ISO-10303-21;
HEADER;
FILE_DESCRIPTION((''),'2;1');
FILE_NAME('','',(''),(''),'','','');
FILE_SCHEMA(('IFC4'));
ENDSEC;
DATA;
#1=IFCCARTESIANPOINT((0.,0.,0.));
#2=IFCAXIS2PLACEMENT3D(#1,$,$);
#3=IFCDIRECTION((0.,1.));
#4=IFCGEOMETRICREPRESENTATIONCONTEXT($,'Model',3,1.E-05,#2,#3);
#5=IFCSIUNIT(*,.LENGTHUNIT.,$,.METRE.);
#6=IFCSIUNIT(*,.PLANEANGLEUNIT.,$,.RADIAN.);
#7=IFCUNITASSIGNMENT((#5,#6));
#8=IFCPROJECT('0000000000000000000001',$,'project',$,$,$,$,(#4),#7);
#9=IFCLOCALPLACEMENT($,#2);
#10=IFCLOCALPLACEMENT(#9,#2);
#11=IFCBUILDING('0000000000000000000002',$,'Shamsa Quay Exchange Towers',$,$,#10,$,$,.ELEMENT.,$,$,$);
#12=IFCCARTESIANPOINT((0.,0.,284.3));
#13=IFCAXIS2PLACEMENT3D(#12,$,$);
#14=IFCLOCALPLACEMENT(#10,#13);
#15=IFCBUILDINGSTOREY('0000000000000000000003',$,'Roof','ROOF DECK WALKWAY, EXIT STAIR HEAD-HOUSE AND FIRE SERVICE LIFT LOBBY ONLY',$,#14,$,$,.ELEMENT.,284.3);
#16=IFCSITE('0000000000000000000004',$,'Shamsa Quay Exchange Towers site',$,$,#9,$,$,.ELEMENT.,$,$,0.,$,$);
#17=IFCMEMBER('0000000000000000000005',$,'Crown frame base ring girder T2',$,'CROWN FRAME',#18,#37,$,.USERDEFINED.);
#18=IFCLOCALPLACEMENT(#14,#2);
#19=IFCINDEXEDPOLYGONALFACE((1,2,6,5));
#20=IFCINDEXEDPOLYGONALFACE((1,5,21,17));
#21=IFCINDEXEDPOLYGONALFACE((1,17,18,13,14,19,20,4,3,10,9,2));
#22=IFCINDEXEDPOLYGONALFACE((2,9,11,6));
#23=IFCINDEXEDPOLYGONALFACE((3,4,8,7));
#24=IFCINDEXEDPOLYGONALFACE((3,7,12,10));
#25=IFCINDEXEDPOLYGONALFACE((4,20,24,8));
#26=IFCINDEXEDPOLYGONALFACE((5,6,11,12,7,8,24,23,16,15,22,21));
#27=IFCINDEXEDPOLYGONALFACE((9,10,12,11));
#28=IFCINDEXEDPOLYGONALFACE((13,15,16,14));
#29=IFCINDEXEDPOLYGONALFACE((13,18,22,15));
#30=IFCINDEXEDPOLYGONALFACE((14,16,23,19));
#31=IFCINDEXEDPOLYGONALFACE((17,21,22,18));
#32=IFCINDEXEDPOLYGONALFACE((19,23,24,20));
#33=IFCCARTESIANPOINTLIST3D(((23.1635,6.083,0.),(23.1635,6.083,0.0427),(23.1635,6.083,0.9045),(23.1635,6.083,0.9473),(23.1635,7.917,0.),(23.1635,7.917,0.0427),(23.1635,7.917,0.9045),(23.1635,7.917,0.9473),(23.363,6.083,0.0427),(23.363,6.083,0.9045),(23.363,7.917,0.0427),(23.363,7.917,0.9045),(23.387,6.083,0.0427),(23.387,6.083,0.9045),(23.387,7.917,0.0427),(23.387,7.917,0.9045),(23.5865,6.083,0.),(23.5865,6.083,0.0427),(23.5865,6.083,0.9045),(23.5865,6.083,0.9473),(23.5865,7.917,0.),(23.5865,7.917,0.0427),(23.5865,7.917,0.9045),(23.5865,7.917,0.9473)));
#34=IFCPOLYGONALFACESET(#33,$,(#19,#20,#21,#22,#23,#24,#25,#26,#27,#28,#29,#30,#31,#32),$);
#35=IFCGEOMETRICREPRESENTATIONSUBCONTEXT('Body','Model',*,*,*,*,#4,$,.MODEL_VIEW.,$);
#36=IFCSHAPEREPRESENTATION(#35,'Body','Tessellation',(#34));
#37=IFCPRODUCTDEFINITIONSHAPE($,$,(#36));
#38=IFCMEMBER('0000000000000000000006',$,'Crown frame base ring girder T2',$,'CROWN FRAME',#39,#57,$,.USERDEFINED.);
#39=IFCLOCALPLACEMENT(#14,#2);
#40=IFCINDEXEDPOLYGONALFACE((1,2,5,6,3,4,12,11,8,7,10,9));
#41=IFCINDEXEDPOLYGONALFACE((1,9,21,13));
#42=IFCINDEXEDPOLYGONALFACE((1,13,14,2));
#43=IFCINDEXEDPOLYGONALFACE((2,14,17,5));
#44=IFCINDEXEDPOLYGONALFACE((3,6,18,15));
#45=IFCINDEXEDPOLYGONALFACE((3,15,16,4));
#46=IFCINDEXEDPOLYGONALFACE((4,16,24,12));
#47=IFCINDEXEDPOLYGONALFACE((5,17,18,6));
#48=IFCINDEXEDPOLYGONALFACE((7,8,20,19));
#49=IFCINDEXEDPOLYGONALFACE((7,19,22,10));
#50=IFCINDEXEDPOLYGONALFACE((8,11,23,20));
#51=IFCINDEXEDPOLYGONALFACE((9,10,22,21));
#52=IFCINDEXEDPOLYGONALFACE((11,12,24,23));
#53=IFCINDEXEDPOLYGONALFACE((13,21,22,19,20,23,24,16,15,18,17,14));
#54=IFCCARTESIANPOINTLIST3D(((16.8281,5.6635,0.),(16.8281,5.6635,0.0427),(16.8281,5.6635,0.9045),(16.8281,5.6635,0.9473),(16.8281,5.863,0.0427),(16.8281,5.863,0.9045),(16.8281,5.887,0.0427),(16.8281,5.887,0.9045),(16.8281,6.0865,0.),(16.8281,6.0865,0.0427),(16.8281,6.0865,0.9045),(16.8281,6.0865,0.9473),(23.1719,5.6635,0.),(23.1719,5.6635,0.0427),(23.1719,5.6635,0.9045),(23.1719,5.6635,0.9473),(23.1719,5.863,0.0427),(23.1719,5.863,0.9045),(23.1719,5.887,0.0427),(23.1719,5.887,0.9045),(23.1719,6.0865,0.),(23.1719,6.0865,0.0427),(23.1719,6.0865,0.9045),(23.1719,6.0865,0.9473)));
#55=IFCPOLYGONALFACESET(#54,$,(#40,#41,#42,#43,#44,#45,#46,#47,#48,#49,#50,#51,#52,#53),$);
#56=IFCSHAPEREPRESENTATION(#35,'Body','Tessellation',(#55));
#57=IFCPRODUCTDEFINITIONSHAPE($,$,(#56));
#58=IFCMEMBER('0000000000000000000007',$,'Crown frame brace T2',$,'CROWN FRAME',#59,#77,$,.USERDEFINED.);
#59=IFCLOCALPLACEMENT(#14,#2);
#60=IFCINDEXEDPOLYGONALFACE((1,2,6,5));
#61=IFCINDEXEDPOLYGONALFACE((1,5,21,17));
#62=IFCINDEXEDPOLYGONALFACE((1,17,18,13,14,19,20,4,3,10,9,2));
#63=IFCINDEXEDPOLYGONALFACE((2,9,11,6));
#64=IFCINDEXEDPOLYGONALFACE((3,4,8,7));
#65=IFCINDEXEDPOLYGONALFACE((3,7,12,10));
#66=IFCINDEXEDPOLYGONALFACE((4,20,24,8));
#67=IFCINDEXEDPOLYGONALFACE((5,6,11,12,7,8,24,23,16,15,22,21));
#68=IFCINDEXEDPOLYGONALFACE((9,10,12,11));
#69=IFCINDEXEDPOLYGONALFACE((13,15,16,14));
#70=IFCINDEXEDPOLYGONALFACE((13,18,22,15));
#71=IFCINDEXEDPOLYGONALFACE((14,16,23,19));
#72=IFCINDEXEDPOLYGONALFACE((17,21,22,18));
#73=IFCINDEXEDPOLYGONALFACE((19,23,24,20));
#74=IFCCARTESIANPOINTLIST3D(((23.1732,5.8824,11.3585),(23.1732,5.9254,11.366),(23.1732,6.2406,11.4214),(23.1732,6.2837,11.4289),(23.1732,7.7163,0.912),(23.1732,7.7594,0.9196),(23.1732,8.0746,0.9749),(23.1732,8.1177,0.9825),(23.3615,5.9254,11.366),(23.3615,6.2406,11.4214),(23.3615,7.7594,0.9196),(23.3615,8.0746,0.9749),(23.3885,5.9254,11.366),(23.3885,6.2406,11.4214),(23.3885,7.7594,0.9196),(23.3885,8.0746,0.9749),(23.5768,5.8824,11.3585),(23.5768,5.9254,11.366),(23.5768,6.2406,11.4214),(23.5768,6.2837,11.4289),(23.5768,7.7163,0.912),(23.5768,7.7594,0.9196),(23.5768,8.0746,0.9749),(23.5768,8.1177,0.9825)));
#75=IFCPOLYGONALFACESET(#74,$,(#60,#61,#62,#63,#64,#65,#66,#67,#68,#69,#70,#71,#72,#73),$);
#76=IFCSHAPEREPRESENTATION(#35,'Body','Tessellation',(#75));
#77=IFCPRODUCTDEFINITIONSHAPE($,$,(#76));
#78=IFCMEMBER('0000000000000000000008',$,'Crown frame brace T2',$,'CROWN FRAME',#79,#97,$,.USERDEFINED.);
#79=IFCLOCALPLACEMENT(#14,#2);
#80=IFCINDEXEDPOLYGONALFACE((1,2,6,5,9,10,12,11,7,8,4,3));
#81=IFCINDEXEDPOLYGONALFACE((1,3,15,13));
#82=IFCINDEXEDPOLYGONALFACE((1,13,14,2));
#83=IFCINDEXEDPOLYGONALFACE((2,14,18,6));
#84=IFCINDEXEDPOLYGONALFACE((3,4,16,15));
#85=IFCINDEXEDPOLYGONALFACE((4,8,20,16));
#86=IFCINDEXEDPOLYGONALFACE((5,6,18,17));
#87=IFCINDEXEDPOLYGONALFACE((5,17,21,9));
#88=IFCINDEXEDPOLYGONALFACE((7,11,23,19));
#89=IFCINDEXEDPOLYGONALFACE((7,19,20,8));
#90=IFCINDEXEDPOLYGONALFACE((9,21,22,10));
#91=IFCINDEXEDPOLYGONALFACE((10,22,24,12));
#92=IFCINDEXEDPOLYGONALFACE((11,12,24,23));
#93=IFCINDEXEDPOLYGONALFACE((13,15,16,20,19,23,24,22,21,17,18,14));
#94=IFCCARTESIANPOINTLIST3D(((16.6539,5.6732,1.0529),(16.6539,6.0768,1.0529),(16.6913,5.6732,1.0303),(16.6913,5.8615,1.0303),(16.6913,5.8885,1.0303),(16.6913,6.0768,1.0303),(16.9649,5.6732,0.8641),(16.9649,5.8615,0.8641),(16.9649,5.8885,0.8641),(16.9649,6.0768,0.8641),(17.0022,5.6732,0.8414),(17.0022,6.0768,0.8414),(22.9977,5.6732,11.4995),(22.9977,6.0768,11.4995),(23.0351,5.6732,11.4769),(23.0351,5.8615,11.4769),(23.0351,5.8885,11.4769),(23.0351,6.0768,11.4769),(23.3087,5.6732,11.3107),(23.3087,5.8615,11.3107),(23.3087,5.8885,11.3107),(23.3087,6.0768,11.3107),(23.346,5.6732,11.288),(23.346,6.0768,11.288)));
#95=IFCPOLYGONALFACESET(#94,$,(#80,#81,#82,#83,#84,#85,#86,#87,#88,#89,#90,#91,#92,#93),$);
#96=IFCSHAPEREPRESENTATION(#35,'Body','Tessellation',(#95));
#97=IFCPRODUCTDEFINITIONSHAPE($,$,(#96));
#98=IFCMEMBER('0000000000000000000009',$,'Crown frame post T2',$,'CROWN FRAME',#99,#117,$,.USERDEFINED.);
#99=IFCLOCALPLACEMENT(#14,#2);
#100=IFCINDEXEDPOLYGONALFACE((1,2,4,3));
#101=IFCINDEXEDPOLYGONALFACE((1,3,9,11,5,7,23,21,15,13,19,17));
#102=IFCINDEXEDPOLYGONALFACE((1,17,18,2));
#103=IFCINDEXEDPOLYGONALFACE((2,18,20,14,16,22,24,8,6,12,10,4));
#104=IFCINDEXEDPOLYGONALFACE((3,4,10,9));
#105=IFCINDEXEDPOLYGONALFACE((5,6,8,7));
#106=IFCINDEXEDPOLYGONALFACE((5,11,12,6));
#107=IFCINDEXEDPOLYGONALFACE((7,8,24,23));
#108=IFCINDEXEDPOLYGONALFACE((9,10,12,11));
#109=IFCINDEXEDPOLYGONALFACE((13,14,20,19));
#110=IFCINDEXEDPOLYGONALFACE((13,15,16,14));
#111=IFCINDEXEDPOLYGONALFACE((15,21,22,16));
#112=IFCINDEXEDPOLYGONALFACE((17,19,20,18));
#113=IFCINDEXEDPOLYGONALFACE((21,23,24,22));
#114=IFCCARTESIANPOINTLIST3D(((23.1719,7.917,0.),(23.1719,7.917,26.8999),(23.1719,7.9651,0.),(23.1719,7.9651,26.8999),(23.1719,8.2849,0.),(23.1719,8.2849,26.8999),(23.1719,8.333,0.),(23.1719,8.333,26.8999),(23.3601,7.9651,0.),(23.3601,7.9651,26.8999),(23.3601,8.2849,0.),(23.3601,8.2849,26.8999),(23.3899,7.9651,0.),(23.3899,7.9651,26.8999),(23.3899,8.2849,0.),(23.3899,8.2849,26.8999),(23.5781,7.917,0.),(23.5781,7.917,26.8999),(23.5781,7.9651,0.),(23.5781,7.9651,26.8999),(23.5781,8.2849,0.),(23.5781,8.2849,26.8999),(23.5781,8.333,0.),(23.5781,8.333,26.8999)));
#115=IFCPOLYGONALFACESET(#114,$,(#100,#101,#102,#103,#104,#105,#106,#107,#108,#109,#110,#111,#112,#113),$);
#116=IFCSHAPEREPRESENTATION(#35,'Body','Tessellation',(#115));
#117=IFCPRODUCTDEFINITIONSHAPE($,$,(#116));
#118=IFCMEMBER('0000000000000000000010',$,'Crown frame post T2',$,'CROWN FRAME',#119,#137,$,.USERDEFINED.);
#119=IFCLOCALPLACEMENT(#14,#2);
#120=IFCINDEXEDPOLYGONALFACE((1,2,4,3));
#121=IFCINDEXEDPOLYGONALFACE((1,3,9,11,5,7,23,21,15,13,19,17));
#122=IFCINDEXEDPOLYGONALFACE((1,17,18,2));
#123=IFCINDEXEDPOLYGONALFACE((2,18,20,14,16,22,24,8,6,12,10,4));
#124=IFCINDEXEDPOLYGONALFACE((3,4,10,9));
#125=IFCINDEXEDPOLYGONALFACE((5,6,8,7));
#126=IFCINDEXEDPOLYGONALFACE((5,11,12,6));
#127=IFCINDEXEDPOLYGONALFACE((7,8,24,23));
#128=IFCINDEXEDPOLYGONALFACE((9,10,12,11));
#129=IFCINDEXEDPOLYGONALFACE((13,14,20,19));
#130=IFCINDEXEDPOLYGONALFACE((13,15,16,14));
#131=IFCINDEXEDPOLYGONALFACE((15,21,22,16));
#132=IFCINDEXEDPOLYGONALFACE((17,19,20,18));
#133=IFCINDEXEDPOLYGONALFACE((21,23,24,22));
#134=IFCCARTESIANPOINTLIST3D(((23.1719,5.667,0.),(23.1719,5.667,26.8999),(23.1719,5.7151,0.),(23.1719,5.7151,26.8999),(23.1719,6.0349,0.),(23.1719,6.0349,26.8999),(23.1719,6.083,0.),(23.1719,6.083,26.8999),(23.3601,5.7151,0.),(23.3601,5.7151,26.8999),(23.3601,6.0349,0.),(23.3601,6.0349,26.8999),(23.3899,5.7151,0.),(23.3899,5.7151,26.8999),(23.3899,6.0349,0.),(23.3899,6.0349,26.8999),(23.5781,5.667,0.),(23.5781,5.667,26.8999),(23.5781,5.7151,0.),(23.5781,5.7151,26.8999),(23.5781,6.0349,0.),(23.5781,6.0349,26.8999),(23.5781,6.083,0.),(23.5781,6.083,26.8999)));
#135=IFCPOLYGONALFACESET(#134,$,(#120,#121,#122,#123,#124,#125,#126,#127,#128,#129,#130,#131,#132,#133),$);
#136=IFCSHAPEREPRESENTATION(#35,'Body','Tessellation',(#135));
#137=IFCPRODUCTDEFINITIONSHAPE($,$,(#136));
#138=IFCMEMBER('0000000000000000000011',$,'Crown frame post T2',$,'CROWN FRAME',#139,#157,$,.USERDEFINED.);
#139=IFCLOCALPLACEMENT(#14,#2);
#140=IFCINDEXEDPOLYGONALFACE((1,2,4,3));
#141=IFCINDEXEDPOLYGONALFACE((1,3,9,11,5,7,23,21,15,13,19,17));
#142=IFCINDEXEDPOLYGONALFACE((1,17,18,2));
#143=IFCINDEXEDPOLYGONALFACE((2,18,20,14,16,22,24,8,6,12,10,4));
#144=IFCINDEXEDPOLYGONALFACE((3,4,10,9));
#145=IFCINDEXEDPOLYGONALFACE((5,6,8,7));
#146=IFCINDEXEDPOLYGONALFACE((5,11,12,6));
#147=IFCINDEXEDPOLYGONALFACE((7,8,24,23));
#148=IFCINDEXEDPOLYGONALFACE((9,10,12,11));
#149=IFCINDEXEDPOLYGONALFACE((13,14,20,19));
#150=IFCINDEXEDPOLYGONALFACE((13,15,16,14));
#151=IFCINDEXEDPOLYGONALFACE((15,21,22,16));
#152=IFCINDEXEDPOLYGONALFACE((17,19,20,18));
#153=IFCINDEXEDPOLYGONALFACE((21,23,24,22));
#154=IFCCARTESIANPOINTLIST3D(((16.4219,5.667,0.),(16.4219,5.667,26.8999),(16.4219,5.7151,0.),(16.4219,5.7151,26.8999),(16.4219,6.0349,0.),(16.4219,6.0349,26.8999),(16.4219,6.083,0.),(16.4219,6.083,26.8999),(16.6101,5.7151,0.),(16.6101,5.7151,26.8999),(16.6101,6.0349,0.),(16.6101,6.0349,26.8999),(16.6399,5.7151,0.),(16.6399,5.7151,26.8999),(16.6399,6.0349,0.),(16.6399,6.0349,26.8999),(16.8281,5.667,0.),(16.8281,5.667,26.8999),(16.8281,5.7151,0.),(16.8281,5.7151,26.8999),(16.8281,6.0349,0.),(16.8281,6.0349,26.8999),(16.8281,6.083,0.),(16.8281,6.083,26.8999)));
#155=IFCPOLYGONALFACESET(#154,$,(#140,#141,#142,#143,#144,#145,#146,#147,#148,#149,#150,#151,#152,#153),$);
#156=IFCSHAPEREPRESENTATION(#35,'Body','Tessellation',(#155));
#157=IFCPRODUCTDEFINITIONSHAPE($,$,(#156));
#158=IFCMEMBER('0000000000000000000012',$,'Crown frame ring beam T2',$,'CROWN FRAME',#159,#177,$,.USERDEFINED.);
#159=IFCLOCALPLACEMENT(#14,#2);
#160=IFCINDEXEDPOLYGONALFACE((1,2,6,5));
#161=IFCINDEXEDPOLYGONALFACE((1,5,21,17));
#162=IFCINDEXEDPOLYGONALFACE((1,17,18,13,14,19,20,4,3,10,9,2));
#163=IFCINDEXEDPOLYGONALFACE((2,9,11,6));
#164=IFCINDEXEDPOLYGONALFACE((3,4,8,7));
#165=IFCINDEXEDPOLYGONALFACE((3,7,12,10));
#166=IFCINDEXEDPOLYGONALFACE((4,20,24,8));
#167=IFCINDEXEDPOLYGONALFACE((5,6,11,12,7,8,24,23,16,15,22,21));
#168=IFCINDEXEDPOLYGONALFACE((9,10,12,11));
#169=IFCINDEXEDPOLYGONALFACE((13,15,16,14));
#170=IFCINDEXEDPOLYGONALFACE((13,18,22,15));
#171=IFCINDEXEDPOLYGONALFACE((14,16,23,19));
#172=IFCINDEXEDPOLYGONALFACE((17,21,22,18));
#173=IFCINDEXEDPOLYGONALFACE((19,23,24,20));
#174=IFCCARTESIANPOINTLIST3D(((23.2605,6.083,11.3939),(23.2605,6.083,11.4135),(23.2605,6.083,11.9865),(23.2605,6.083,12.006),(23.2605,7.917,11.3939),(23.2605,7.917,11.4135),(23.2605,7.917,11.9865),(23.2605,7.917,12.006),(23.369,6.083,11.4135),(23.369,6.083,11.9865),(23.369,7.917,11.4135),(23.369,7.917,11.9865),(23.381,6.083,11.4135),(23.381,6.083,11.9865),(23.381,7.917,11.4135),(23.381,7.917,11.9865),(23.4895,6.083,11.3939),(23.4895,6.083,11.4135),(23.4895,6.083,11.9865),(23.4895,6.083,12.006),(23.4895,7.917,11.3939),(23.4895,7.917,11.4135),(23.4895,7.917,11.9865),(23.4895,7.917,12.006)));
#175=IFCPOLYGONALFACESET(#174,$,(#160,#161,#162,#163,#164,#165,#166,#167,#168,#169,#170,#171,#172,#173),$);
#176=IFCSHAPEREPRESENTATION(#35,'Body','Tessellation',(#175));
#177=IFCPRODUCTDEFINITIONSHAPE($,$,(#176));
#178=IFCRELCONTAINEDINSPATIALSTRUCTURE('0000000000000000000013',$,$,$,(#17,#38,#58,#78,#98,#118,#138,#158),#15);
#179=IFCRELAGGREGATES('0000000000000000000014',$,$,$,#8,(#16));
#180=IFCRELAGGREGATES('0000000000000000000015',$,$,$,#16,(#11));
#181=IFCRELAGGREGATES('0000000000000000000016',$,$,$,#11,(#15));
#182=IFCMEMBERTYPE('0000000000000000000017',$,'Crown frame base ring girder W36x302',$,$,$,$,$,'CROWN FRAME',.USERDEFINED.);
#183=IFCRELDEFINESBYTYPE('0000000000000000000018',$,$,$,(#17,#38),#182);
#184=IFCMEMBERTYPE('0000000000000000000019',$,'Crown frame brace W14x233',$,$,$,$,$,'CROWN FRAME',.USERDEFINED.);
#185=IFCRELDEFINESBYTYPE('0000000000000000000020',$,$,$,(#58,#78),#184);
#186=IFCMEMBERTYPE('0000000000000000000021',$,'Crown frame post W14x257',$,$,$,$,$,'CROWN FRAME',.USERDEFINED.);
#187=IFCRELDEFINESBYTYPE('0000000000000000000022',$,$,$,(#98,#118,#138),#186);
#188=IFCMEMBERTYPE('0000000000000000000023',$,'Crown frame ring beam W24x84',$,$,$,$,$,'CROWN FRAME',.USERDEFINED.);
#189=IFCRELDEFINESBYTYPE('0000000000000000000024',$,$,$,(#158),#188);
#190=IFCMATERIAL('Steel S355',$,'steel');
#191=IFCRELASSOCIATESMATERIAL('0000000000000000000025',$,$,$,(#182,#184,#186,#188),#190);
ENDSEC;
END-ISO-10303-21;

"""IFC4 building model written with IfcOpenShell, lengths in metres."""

from ifc_helpers import new_model, si_unit, direction, frame, origin, origin_2d, place, context, subcontext, project, spatial, i_section, extrude, material, material_profile, profile_set, type_object, element, save


model = new_model("IFC4")

# Units and contexts
model_context = context("Model", 3, precision=1e-05, world=origin(), true_north=direction((0.0, 1.0)))
body_context = subcontext(model_context, "Body", "Model", "MODEL_VIEW")
ifc_project = project(units=[si_unit("LENGTHUNIT", "METRE"), si_unit("PLANEANGLEUNIT", "RADIAN")], contexts=[model_context])

# Site, building, storey
site_placement = place(None, origin())
site = spatial("IfcSite", under=ifc_project, at=site_placement, Name="Shamsa Quay Exchange Towers site", CompositionType="ELEMENT", RefElevation=0.0)
building_placement = place(site_placement, origin())
building = spatial("IfcBuilding", under=site, at=building_placement, Name="Shamsa Quay Exchange Towers", CompositionType="ELEMENT")
storey_placement = place(building_placement, frame((0.0, 0.0, 284.3)))
storey = spatial("IfcBuildingStorey", under=building, at=storey_placement, Name="Roof", Description="ROOF DECK WALKWAY, EXIT STAIR HEAD-HOUSE AND FIRE SERVICE LIFT LOBBY ONLY", CompositionType="ELEMENT", Elevation=284.3)

# Members
ifc_material_1 = material(Name="Steel S355", Category="steel")
ifc_material_profile_1 = material_profile(ifc_material_1, i_section(OverallWidth=0.4231, OverallDepth=0.9473, WebThickness=0.0239, FlangeThickness=0.0427, at=origin_2d()), Name="W36x302")
ifc_profile_set_1 = profile_set([ifc_material_profile_1], Name="Steel S355")
member_type_1 = type_object("IfcMemberType", Name="Crown frame base ring girder W36x302", ElementType="CROWN FRAME", PredefinedType="USERDEFINED", material=ifc_profile_set_1)
member_1_placement = place(storey_placement, frame((23.375, 7.917, 0.4736), z_axis=(0.0, -1.0, 0.0), x_axis=(1.0, 0.0, 0.0)))
element("IfcMember", 1, at=member_1_placement, inside=storey, type_object=member_type_1, Name="Crown frame base ring girder T2", ObjectType="CROWN FRAME", PredefinedType="USERDEFINED", context=body_context, shape_type="SweptSolid", body=[
    extrude(i_section(OverallWidth=0.4231, OverallDepth=0.9473, WebThickness=0.0239, FlangeThickness=0.0427, at=origin_2d()), origin(), (0.0, 0.0, 1.0), 1.834),
])
member_2_placement = place(storey_placement, frame((23.1719, 5.875, 0.4736), z_axis=(-1.0, 0.0, 0.0), x_axis=(0.0, -1.0, 0.0)))
element("IfcMember", 2, at=member_2_placement, inside=storey, type_object=member_type_1, Name="Crown frame base ring girder T2", ObjectType="CROWN FRAME", PredefinedType="USERDEFINED", context=body_context, shape_type="SweptSolid", body=[
    extrude(i_section(OverallWidth=0.4231, OverallDepth=0.9473, WebThickness=0.0239, FlangeThickness=0.0427, at=origin_2d()), origin(), (0.0, 0.0, 1.0), 6.3438),
])
ifc_material_profile_2 = material_profile(ifc_material_1, i_section(OverallWidth=0.4036, OverallDepth=0.4075, WebThickness=0.0271, FlangeThickness=0.0437, at=origin_2d()), Name="W14x233")
ifc_profile_set_2 = profile_set([ifc_material_profile_2], Name="Steel S355")
member_type_2 = type_object("IfcMemberType", Name="Crown frame brace W14x233", ElementType="CROWN FRAME", PredefinedType="USERDEFINED", material=ifc_profile_set_2)
member_3_placement = place(storey_placement, frame((23.375, 7.917, 0.9473), z_axis=(0.0, -0.172915, 0.984937), x_axis=(1.0, 0.0, 0.0)))
element("IfcMember", 3, at=member_3_placement, inside=storey, type_object=member_type_2, Name="Crown frame brace T2", ObjectType="CROWN FRAME", PredefinedType="USERDEFINED", context=body_context, shape_type="SweptSolid", body=[
    extrude(i_section(OverallWidth=0.4036, OverallDepth=0.4075, WebThickness=0.0271, FlangeThickness=0.0437, at=origin_2d()), origin(), (0.0, 0.0, 1.0), 10.6062),
])
member_4_placement = place(storey_placement, frame((23.1719, 5.875, 11.3938), z_axis=(-0.519051, 0.0, -0.854744), x_axis=(0.0, -1.0, 0.0)))
element("IfcMember", 4, at=member_4_placement, inside=storey, type_object=member_type_2, Name="Crown frame brace T2", ObjectType="CROWN FRAME", PredefinedType="USERDEFINED", context=body_context, shape_type="SweptSolid", body=[
    extrude(i_section(OverallWidth=0.4036, OverallDepth=0.4075, WebThickness=0.0271, FlangeThickness=0.0437, at=origin_2d()), origin(), (0.0, 0.0, 1.0), 12.2219),
])
ifc_material_profile_3 = material_profile(ifc_material_1, i_section(OverallWidth=0.4062, OverallDepth=0.416, WebThickness=0.0298, FlangeThickness=0.0481, at=origin_2d()), Name="W14x257")
ifc_profile_set_3 = profile_set([ifc_material_profile_3], Name="Steel S355")
member_type_3 = type_object("IfcMemberType", Name="Crown frame post W14x257", ElementType="CROWN FRAME", PredefinedType="USERDEFINED", material=ifc_profile_set_3)
for number, where, name in (
    (5, (23.375, 8.125, 0.0), "Crown frame post T2"),
    (6, (23.375, 5.875, 0.0), "Crown frame post T2"),
    (7, (16.625, 5.875, 0.0), "Crown frame post T2"),
):
    element("IfcMember", number, at=place(storey_placement, frame(where)), inside=storey, type_object=member_type_3, Name=name, ObjectType="CROWN FRAME", PredefinedType="USERDEFINED", context=body_context, shape_type="SweptSolid", body=[
        extrude(i_section(OverallWidth=0.4062, OverallDepth=0.416, WebThickness=0.0298, FlangeThickness=0.0481, at=origin_2d()), origin(), (0.0, 0.0, 1.0), 26.8999),
    ])
ifc_material_profile_4 = material_profile(ifc_material_1, i_section(OverallWidth=0.229, OverallDepth=0.6121, WebThickness=0.012, FlangeThickness=0.0195, at=origin_2d()), Name="W24x84")
ifc_profile_set_4 = profile_set([ifc_material_profile_4], Name="Steel S355")
member_type_4 = type_object("IfcMemberType", Name="Crown frame ring beam W24x84", ElementType="CROWN FRAME", PredefinedType="USERDEFINED", material=ifc_profile_set_4)
member_5_placement = place(storey_placement, frame((23.375, 7.917, 11.7), z_axis=(0.0, -1.0, 0.0), x_axis=(1.0, 0.0, 0.0)))
element("IfcMember", 8, at=member_5_placement, inside=storey, type_object=member_type_4, Name="Crown frame ring beam T2", ObjectType="CROWN FRAME", PredefinedType="USERDEFINED", context=body_context, shape_type="SweptSolid", body=[
    extrude(i_section(OverallWidth=0.229, OverallDepth=0.6121, WebThickness=0.012, FlangeThickness=0.0195, at=origin_2d()), origin(), (0.0, 0.0, 1.0), 1.834),
])

save(model, "model.ifc")
